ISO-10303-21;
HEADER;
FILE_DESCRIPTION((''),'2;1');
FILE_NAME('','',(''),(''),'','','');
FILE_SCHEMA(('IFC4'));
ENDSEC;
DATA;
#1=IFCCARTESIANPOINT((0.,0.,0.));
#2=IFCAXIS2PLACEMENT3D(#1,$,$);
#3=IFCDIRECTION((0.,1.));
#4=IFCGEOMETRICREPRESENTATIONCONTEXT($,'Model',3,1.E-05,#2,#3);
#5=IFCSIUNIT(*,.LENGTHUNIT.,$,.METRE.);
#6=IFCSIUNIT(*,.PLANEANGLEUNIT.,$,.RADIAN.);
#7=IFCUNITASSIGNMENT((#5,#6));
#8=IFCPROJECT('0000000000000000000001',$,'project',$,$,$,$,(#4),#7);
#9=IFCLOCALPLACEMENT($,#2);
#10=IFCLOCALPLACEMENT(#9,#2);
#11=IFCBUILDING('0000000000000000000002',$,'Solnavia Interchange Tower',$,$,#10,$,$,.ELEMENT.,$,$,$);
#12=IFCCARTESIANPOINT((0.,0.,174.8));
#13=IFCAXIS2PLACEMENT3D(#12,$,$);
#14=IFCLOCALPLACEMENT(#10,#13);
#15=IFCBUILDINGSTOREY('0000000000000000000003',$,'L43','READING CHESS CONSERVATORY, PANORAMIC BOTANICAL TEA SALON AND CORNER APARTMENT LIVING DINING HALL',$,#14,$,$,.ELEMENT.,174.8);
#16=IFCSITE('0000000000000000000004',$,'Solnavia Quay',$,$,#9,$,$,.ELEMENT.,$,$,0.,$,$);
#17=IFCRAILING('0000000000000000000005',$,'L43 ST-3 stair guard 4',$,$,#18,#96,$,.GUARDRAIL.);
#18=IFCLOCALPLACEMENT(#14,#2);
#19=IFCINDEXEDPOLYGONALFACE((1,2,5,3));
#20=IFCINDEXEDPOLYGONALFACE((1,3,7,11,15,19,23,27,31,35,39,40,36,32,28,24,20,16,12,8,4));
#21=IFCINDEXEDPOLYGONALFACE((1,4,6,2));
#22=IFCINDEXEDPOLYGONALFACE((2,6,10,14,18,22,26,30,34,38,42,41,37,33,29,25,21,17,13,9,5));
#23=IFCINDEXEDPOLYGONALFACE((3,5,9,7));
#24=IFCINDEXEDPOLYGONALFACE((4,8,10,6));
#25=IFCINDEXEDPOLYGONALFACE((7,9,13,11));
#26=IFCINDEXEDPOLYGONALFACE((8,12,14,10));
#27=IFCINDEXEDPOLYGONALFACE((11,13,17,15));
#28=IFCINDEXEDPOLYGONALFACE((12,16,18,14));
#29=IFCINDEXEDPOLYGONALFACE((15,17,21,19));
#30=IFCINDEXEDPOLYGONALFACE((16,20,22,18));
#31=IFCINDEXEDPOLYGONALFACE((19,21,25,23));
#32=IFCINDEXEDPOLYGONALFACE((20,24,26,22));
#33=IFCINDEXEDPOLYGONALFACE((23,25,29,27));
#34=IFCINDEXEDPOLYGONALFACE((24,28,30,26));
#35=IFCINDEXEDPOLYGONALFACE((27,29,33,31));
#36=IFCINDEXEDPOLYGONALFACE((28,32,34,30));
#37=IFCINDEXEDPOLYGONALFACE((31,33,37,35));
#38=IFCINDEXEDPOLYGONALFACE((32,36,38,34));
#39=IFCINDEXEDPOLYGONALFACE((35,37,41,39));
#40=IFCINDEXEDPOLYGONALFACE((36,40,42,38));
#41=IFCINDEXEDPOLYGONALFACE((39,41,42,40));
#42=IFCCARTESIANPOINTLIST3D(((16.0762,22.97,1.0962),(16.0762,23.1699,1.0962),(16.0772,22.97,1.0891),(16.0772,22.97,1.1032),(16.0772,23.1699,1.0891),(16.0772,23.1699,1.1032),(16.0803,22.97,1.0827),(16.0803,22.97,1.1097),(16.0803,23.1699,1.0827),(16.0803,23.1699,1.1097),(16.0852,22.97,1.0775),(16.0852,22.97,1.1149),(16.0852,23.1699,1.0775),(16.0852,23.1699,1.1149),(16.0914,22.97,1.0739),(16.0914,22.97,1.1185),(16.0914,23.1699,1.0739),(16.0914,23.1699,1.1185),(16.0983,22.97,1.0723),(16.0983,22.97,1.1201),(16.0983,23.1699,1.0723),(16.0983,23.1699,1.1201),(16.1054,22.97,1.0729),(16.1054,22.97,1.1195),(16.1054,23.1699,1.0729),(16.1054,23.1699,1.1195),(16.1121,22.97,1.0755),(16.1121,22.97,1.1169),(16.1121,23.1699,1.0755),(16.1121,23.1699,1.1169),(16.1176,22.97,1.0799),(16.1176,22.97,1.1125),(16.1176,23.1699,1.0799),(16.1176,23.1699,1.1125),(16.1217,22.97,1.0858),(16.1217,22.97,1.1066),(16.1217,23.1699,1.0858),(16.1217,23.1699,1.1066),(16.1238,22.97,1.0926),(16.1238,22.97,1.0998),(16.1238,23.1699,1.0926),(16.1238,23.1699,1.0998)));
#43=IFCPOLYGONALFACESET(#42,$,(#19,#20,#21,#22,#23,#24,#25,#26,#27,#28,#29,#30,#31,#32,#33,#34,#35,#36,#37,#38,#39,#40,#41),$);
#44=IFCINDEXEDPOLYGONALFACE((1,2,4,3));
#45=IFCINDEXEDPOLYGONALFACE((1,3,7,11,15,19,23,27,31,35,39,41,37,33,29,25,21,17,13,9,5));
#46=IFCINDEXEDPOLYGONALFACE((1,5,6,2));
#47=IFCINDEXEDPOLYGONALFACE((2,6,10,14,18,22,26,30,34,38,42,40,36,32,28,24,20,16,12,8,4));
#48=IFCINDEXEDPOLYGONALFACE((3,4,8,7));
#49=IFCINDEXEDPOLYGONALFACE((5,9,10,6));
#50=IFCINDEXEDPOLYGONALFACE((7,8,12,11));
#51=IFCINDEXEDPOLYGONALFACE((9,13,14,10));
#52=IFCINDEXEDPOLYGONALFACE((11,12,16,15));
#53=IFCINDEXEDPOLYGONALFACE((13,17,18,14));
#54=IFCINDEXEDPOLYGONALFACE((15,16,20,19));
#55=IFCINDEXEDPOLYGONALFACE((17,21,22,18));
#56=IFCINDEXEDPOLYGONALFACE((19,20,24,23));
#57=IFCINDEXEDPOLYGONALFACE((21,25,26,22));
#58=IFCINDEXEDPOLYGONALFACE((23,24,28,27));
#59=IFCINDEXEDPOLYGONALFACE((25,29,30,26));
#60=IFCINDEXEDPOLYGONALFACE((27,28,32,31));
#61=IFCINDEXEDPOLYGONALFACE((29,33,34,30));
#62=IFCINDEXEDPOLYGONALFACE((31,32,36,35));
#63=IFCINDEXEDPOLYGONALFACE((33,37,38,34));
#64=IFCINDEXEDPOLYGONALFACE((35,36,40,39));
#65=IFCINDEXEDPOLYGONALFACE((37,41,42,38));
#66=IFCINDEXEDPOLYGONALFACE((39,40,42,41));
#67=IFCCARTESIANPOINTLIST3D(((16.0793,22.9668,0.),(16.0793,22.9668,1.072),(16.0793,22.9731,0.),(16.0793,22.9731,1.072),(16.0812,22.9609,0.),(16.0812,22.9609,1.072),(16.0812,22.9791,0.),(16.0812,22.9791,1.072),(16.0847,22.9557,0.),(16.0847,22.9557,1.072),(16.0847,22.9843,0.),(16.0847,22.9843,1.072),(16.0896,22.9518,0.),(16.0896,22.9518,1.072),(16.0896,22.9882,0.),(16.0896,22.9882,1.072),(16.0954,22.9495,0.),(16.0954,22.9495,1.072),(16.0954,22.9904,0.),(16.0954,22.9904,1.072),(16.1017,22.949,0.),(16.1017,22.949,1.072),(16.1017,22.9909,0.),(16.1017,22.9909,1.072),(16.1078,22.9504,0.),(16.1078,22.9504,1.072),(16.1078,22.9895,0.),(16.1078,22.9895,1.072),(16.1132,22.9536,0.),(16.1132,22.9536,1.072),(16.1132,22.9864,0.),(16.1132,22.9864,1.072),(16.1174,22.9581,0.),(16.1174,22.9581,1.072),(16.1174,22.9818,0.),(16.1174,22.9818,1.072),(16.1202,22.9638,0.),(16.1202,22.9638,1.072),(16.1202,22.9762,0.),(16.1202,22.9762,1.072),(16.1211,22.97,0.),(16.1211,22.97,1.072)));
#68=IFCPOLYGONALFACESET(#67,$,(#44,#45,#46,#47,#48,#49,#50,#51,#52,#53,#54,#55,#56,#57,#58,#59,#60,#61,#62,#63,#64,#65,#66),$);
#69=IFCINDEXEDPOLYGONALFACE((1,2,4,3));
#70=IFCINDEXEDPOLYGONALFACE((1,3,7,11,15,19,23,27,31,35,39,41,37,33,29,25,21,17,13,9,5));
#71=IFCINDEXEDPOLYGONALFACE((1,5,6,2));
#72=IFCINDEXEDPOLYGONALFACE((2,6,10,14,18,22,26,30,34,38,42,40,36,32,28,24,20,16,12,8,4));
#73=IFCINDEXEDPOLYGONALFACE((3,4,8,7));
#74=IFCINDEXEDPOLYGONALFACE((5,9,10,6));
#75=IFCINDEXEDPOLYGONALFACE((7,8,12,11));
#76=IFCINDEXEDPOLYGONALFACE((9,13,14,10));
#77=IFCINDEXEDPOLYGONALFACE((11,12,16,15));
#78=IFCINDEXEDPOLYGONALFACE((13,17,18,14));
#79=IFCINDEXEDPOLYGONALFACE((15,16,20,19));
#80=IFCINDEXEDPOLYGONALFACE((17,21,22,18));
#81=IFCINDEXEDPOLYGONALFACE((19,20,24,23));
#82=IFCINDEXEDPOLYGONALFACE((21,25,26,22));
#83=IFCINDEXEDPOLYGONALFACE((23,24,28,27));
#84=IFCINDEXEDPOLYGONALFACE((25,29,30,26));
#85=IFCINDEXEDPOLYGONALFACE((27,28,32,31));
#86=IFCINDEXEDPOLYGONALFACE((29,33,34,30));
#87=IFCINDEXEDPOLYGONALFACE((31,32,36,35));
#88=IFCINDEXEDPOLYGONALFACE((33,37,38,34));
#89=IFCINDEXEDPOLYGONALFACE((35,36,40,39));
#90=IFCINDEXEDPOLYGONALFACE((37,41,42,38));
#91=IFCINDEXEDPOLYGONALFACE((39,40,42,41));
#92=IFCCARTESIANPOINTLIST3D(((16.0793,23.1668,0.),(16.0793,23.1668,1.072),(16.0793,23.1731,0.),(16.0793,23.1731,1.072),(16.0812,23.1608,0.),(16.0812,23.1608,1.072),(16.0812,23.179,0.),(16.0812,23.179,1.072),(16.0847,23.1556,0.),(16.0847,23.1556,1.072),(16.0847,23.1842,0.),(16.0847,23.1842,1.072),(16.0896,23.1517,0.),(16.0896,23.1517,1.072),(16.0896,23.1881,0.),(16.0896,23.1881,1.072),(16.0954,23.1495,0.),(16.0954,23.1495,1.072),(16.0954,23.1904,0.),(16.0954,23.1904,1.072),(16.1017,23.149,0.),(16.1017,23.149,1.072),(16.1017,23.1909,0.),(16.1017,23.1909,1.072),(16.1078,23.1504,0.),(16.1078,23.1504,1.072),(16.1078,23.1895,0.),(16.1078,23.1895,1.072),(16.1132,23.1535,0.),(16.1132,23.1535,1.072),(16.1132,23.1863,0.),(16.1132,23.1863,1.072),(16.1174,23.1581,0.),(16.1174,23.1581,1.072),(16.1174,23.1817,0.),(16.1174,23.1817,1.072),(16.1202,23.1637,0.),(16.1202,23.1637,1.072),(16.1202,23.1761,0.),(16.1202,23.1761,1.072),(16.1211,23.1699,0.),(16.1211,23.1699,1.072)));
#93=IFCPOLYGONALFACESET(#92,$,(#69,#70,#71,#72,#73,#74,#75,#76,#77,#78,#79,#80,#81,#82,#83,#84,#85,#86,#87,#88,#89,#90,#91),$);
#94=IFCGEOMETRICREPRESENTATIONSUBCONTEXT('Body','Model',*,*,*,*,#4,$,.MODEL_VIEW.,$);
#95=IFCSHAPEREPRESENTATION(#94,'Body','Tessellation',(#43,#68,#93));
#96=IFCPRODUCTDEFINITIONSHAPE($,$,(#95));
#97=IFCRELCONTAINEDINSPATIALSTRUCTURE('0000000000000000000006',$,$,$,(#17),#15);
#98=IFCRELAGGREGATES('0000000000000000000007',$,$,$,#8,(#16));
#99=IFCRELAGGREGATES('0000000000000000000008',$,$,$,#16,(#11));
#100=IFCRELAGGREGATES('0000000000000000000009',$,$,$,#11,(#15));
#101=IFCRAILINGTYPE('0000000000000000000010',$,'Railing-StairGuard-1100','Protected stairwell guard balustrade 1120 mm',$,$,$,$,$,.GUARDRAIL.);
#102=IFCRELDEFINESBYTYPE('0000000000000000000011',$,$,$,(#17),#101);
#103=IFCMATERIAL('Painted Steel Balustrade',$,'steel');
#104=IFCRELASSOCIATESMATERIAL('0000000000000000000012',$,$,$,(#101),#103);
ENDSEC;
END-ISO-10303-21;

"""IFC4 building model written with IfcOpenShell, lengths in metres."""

from ifc_helpers import new_model, si_unit, direction, frame, origin, origin_2d, place, context, subcontext, project, spatial, circle, extrude, material, type_object, element, save


model = new_model("IFC4")

# Units and contexts
model_context = context("Model", 3, precision=1e-05, world=origin(), true_north=direction((0.0, 1.0)))
body_context = subcontext(model_context, "Body", "Model", "MODEL_VIEW")
ifc_project = project(units=[si_unit("LENGTHUNIT", "METRE"), si_unit("PLANEANGLEUNIT", "RADIAN")], contexts=[model_context])

# Site, building, storey
site_placement = place(None, origin())
site = spatial("IfcSite", under=ifc_project, at=site_placement, Name="Solnavia Quay", CompositionType="ELEMENT", RefElevation=0.0)
building_placement = place(site_placement, origin())
building = spatial("IfcBuilding", under=site, at=building_placement, Name="Solnavia Interchange Tower", CompositionType="ELEMENT")
storey_placement = place(building_placement, frame((0.0, 0.0, 174.8)))
storey = spatial("IfcBuildingStorey", under=building, at=storey_placement, Name="L43", Description="READING CHESS CONSERVATORY, PANORAMIC BOTANICAL TEA SALON AND CORNER APARTMENT LIVING DINING HALL", CompositionType="ELEMENT", Elevation=174.8)

# Railing
ifc_material_1 = material(Name="Painted Steel Balustrade", Category="steel")
railing_type_1 = type_object("IfcRailingType", Name="Railing-StairGuard-1100", Description="Protected stairwell guard balustrade 1120 mm", PredefinedType="GUARDRAIL", material=ifc_material_1)
railing_1_placement = place(storey_placement, frame((16.1001, 22.97, 0.0)))
element("IfcRailing", 1, at=railing_1_placement, inside=storey, type_object=railing_type_1, Name="L43 ST-3 stair guard 4", PredefinedType="GUARDRAIL", context=body_context, shape_type="SweptSolid", body=[
    extrude(circle(Radius=0.0239, at=origin_2d()), frame((0.0, 0.0, 1.0962), z_axis=(0.0, 1.0, 0.0), x_axis=(-1.0, 0.0, 0.0)), (0.0, 0.0, 1.0), 0.2),
    extrude(circle(Radius=0.021, at=origin_2d()), origin(), (0.0, 0.0, 1.0), 1.072),
    extrude(circle(Radius=0.021, at=origin_2d()), frame((0.0, 0.2, 0.0)), (0.0, 0.0, 1.0), 1.072),
])

save(model, "model.ifc")
